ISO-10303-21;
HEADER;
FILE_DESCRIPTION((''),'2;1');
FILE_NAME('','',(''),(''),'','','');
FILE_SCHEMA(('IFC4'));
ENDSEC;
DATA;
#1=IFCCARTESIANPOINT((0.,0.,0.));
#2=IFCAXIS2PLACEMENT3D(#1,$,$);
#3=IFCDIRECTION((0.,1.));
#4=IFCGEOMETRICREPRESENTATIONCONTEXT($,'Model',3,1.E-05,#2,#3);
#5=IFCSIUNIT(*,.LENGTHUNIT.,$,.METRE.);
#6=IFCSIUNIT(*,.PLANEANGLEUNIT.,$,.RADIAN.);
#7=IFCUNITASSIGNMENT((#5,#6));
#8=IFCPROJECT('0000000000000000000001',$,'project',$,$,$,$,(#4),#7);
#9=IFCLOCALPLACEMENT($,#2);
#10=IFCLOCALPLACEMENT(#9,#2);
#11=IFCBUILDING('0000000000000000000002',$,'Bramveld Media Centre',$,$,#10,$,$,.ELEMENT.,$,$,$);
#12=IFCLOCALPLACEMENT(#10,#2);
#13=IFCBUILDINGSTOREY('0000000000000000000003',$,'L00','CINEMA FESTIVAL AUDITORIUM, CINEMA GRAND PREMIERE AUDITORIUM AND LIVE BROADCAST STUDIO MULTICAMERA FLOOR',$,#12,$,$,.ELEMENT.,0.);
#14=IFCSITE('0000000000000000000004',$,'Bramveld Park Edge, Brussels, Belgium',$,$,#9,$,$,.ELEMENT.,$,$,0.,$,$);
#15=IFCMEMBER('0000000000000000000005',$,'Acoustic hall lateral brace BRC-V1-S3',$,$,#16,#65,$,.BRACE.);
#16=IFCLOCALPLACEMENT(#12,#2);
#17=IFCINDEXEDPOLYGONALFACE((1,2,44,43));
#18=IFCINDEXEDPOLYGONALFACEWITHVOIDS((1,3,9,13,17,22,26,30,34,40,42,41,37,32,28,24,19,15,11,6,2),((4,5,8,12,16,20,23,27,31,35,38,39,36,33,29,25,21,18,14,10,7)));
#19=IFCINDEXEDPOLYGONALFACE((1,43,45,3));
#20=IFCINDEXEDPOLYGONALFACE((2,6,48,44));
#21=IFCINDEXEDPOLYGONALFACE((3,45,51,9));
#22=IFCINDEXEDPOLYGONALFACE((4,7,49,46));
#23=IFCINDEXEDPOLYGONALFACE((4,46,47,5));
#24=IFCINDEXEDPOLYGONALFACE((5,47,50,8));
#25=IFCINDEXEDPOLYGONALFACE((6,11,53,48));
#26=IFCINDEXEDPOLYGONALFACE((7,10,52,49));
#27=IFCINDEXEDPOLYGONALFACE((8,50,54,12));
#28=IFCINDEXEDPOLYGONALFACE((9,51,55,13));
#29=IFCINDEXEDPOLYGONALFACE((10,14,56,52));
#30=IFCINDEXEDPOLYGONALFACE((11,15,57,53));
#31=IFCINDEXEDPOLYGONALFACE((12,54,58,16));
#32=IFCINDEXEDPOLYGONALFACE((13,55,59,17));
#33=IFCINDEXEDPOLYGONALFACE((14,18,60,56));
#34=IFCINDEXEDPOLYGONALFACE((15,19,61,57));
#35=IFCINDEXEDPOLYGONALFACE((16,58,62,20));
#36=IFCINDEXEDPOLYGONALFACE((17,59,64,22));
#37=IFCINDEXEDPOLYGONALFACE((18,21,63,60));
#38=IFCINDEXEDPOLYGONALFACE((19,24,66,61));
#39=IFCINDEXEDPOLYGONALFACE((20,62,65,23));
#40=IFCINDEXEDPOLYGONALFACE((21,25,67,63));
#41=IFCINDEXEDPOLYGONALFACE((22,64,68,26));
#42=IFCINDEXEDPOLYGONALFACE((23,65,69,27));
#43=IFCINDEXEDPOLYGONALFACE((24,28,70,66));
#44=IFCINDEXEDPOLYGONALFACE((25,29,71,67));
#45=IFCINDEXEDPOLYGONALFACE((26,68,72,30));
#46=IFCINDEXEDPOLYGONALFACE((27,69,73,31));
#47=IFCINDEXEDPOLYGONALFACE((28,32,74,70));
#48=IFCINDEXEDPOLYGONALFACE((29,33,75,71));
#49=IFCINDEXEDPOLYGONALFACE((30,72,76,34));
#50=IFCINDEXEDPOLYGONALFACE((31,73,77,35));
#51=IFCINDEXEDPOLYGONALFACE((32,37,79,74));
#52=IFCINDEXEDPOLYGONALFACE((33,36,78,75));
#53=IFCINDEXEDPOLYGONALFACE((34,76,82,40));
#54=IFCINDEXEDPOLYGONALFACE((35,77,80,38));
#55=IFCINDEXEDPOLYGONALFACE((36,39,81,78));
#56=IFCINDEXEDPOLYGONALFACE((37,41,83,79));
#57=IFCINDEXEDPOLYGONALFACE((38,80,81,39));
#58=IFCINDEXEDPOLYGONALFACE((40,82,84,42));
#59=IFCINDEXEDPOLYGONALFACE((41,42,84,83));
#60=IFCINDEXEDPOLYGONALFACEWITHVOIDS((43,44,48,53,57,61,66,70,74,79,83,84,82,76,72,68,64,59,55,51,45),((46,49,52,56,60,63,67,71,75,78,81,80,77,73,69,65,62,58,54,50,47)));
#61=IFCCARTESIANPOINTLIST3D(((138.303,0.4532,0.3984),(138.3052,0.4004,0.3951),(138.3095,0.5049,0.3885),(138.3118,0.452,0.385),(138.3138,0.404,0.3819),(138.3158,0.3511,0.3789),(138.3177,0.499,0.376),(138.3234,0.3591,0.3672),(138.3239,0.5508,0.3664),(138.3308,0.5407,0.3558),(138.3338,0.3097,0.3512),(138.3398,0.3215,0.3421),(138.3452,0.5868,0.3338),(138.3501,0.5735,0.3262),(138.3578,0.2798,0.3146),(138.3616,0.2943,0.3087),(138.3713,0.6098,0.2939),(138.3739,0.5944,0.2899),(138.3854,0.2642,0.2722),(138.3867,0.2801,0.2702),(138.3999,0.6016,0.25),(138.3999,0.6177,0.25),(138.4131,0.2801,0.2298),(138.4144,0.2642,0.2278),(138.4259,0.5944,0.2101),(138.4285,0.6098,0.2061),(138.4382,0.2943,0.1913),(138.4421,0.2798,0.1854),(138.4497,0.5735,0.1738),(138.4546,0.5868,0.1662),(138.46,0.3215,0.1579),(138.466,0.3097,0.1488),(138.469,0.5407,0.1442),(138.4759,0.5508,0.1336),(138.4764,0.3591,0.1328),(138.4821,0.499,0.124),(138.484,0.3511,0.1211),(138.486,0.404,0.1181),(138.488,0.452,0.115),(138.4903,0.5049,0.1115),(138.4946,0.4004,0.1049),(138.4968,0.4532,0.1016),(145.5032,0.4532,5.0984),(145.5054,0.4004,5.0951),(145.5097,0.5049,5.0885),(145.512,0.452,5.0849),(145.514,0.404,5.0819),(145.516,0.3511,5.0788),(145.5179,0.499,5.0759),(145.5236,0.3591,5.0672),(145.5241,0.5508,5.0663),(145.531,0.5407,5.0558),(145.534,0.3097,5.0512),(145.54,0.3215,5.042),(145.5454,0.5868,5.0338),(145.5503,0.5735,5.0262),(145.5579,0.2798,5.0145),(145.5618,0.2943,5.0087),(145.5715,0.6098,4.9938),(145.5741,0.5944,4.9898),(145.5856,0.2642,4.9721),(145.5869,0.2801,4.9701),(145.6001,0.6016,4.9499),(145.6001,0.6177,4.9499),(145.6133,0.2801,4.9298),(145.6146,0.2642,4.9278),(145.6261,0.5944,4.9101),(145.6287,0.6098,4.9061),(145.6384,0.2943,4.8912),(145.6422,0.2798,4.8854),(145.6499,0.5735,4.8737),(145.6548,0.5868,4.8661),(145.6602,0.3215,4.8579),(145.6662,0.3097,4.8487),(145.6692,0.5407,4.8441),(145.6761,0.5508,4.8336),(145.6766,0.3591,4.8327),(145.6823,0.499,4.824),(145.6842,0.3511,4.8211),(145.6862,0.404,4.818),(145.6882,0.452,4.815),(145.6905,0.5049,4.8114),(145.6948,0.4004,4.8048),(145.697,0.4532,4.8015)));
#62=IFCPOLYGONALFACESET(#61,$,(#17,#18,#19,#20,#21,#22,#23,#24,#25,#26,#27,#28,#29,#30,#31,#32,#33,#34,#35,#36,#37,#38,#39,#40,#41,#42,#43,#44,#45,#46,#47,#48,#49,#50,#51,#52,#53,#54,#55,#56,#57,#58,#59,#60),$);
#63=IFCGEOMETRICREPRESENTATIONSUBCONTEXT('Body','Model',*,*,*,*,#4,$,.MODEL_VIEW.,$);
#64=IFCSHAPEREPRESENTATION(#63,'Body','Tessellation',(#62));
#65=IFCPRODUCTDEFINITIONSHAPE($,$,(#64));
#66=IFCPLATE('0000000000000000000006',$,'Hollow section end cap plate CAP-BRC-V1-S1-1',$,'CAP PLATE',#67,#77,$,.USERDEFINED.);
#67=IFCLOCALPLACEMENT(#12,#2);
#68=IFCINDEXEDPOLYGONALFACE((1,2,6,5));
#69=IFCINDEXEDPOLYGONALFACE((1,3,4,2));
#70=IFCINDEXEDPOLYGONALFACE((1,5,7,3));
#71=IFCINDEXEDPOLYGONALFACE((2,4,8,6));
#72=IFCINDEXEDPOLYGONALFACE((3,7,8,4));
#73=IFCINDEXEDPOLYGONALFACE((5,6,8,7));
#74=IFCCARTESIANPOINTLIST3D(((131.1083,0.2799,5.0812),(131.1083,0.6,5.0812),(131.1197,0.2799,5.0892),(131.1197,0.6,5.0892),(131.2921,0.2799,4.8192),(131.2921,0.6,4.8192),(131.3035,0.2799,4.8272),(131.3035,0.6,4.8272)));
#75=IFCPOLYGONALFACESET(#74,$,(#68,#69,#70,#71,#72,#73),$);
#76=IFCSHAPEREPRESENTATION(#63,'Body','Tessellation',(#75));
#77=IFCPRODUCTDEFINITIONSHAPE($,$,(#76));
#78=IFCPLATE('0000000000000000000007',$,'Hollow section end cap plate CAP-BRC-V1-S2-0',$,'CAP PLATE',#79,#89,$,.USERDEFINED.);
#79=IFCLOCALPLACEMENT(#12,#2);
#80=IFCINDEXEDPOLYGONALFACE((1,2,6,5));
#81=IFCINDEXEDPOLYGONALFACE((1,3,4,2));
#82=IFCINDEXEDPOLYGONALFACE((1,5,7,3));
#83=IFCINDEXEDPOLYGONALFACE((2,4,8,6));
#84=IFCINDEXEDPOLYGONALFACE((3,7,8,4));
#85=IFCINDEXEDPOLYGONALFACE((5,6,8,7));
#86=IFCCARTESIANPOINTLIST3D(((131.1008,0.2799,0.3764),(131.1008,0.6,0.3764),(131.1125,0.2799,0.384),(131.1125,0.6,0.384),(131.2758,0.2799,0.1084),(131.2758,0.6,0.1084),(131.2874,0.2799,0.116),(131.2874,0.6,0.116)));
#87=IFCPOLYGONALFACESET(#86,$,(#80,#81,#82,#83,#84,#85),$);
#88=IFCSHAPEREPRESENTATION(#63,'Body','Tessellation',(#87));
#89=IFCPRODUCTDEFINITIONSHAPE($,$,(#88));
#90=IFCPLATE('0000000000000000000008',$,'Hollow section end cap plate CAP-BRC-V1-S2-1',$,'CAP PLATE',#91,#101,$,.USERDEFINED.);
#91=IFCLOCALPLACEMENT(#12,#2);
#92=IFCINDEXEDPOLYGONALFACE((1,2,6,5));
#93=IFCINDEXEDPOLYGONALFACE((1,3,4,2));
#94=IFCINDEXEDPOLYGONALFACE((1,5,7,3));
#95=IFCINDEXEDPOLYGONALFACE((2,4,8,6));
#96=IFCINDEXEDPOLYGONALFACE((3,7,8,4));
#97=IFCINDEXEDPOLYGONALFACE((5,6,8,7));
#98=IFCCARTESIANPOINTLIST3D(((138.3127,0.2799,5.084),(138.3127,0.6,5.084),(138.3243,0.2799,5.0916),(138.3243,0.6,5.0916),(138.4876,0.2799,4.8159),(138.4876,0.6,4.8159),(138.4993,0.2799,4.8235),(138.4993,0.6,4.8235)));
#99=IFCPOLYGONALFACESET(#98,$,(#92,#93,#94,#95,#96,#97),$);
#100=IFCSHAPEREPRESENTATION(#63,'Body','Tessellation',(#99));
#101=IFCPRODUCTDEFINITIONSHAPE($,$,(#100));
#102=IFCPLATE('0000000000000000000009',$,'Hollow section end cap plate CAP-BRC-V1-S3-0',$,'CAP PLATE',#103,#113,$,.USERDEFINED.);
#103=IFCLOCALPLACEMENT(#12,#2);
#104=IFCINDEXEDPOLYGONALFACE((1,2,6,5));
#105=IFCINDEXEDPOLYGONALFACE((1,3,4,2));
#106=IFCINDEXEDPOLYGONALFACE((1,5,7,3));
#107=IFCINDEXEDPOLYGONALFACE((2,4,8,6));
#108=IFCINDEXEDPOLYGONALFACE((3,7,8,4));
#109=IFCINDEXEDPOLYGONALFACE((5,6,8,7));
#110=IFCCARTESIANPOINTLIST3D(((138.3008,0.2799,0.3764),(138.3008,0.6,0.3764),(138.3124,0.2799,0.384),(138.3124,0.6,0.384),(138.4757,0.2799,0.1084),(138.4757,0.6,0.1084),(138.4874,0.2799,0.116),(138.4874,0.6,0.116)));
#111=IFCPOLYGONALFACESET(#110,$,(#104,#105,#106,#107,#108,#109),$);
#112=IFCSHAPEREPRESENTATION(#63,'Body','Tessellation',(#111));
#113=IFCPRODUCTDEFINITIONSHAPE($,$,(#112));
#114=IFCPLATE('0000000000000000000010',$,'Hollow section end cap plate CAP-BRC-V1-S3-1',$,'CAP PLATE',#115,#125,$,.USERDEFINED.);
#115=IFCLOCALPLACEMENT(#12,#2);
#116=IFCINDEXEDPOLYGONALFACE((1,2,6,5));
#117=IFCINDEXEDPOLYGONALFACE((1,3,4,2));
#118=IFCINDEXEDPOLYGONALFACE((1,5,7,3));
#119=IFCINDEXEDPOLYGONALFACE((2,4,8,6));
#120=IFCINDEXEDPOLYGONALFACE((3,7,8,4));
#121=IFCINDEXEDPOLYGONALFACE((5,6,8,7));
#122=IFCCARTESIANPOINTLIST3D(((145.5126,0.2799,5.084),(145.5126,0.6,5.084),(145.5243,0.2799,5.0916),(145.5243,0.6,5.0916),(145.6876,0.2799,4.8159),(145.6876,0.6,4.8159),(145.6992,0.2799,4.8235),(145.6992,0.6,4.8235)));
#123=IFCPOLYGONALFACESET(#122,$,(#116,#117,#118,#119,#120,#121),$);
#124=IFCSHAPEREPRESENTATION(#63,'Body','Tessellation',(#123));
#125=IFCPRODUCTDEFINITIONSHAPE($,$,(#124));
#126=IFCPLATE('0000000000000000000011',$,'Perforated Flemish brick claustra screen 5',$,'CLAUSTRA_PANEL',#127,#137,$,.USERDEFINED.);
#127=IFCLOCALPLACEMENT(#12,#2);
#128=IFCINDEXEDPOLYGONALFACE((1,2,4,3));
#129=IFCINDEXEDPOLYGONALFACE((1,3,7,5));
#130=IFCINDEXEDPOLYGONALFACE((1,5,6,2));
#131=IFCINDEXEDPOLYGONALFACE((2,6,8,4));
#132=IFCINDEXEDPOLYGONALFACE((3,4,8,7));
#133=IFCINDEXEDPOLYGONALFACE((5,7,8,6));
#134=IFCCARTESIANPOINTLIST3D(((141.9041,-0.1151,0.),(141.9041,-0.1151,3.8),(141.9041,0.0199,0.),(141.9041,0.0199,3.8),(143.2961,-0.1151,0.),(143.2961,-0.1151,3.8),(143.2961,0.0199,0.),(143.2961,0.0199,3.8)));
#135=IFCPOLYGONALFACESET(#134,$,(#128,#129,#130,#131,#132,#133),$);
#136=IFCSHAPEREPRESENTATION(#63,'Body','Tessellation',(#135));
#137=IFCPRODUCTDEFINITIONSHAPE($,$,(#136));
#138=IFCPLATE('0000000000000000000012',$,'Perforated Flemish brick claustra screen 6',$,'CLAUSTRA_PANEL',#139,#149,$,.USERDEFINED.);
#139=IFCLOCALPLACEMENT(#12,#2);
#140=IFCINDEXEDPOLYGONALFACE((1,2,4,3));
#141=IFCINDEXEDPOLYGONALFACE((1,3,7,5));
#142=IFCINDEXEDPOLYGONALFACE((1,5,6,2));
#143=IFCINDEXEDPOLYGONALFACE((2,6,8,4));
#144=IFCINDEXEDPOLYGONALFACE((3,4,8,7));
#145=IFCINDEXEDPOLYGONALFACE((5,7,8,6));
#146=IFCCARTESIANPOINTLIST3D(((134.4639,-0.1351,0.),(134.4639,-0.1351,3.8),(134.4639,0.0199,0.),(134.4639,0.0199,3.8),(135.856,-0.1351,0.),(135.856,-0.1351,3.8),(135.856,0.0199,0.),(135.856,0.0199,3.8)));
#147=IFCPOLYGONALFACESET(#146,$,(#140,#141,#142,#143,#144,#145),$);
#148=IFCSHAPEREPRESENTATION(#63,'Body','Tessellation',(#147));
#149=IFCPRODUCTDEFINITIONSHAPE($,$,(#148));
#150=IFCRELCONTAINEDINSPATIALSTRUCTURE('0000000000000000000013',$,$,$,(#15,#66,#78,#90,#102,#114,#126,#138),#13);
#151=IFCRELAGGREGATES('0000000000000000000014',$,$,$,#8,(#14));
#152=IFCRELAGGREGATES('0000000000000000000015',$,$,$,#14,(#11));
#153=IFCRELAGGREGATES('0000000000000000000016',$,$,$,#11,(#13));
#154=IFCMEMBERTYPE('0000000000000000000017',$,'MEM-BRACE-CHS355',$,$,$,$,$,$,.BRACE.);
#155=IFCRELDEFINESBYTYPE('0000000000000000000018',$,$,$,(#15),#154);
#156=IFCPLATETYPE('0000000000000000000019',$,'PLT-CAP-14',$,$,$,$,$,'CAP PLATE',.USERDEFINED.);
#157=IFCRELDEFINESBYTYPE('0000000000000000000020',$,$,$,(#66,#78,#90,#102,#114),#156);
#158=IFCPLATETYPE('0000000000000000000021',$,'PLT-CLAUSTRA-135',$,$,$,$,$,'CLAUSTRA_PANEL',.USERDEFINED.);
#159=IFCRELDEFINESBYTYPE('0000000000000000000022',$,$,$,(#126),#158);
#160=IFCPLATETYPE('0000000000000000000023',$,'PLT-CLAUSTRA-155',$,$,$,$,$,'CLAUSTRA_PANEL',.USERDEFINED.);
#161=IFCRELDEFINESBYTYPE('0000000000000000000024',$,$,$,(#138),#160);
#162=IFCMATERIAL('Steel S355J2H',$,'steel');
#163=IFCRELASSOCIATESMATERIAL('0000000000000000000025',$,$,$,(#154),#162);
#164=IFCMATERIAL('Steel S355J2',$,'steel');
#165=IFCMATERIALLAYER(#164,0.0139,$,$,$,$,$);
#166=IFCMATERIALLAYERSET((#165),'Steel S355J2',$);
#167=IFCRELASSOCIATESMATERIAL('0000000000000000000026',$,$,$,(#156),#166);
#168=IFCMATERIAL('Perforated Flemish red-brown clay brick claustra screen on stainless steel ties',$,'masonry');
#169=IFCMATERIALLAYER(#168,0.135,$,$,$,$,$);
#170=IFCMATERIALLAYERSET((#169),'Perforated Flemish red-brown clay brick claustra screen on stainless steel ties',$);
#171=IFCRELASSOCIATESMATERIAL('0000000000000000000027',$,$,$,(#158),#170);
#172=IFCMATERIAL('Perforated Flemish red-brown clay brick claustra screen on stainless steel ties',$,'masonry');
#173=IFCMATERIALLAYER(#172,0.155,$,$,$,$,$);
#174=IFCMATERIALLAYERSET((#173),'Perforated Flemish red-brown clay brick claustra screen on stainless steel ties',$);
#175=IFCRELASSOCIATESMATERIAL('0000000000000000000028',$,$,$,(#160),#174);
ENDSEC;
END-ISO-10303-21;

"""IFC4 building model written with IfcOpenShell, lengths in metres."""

from ifc_helpers import new_model, si_unit, direction, frame, origin, origin_2d, place, context, subcontext, project, spatial, rectangle, hollow_circle, extrude, material, layer, layer_set, material_profile, profile_set, type_object, element, save


model = new_model("IFC4")

# Units and contexts
model_context = context("Model", 3, precision=1e-05, world=origin(), true_north=direction((0.0, 1.0)))
body_context = subcontext(model_context, "Body", "Model", "MODEL_VIEW")
ifc_project = project(units=[si_unit("LENGTHUNIT", "METRE"), si_unit("PLANEANGLEUNIT", "RADIAN")], contexts=[model_context])

# Site, building, storey
site_placement = place(None, origin())
site = spatial("IfcSite", under=ifc_project, at=site_placement, Name="Bramveld Park Edge, Brussels, Belgium", CompositionType="ELEMENT", RefElevation=0.0)
building_placement = place(site_placement, origin())
building = spatial("IfcBuilding", under=site, at=building_placement, Name="Bramveld Media Centre", CompositionType="ELEMENT")
storey_placement = place(building_placement, origin())
storey = spatial("IfcBuildingStorey", under=building, at=storey_placement, Name="L00", Description="CINEMA FESTIVAL AUDITORIUM, CINEMA GRAND PREMIERE AUDITORIUM AND LIVE BROADCAST STUDIO MULTICAMERA FLOOR", CompositionType="ELEMENT", Elevation=0.0)

# Member
ifc_material_1 = material(Name="Steel S355J2H", Category="steel")
ifc_material_profile_1 = material_profile(ifc_material_1, hollow_circle(Radius=0.1777, WallThickness=0.0161, at=origin_2d()), Name="CHS 355.6x16")
ifc_profile_set_1 = profile_set([ifc_material_profile_1], Name="Steel S355J2H")
member_type_1 = type_object("IfcMemberType", Name="MEM-BRACE-CHS355", PredefinedType="BRACE", material=ifc_profile_set_1)
member_1_placement = place(storey_placement, frame((138.3999, 0.4399, 0.25), z_axis=(0.837389, 0.0, 0.546608), x_axis=(0.0, 1.0, 0.0)))
element("IfcMember", 1, at=member_1_placement, inside=storey, type_object=member_type_1, Name="Acoustic hall lateral brace BRC-V1-S3", PredefinedType="BRACE", context=body_context, shape_type="SweptSolid", body=[
    extrude(hollow_circle(Radius=0.1777, WallThickness=0.0161, at=origin_2d()), origin(), (0.0, 0.0, 1.0), 8.5984),
])

# Plates
ifc_material_2 = material(Name="Steel S355J2", Category="steel")
ifc_layer_1 = layer(ifc_material_2, 0.0139)
ifc_layer_set_1 = layer_set([ifc_layer_1], Name="Steel S355J2")
plate_type_1 = type_object("IfcPlateType", Name="PLT-CAP-14", ElementType="CAP PLATE", PredefinedType="USERDEFINED", material=ifc_layer_set_1)
for number, where, z_axis, x_axis, name in (
    (2, (131.2002, 0.4399, 4.9502), (0.818657, 0.0, 0.574282), (0.0, 1.0, 0.0), "Hollow section end cap plate CAP-BRC-V1-S1-1"),
    (3, (131.2, 0.4399, 0.25), (-0.837379, 0.0, -0.546623), (0.0, -1.0, 0.0), "Hollow section end cap plate CAP-BRC-V1-S2-0"),
    (4, (138.4001, 0.4399, 4.95), (0.837379, 0.0, 0.546623), (0.0, 1.0, 0.0), "Hollow section end cap plate CAP-BRC-V1-S2-1"),
    (5, (138.3999, 0.4399, 0.25), (-0.837379, 0.0, -0.546623), (0.0, -1.0, 0.0), "Hollow section end cap plate CAP-BRC-V1-S3-0"),
    (6, (145.6001, 0.4399, 4.95), (0.837379, 0.0, 0.546623), (0.0, 1.0, 0.0), "Hollow section end cap plate CAP-BRC-V1-S3-1"),
):
    element("IfcPlate", number, at=place(storey_placement, frame(where, z_axis=z_axis, x_axis=x_axis)), inside=storey, type_object=plate_type_1, Name=name, ObjectType="CAP PLATE", PredefinedType="USERDEFINED", context=body_context, shape_type="SweptSolid", body=[
        extrude(rectangle(XDim=0.3201, YDim=0.3201, at=origin_2d()), origin(), (0.0, 0.0, 1.0), 0.0139),
    ])
ifc_material_3 = material(Name="Perforated Flemish red-brown clay brick claustra screen on stainless steel ties", Category="masonry")
ifc_layer_2 = layer(ifc_material_3, 0.135)
ifc_layer_set_2 = layer_set([ifc_layer_2], Name="Perforated Flemish red-brown clay brick claustra screen on stainless steel ties")
plate_type_2 = type_object("IfcPlateType", Name="PLT-CLAUSTRA-135", ElementType="CLAUSTRA_PANEL", PredefinedType="USERDEFINED", material=ifc_layer_set_2)
plate_1_placement = place(storey_placement, frame((142.6001, -0.0476, 0.0), z_axis=(0.0, 0.0, 1.0), x_axis=(1.0, 0.0, 0.0)))
element("IfcPlate", 7, at=plate_1_placement, inside=storey, type_object=plate_type_2, Name="Perforated Flemish brick claustra screen 5", ObjectType="CLAUSTRA_PANEL", PredefinedType="USERDEFINED", context=body_context, shape_type="SweptSolid", body=[
    extrude(rectangle(XDim=1.3921, YDim=0.135, at=origin_2d()), origin(), (0.0, 0.0, 1.0), 3.8),
])
ifc_material_4 = material(Name="Perforated Flemish red-brown clay brick claustra screen on stainless steel ties", Category="masonry")
ifc_layer_3 = layer(ifc_material_4, 0.155)
ifc_layer_set_3 = layer_set([ifc_layer_3], Name="Perforated Flemish red-brown clay brick claustra screen on stainless steel ties")
plate_type_3 = type_object("IfcPlateType", Name="PLT-CLAUSTRA-155", ElementType="CLAUSTRA_PANEL", PredefinedType="USERDEFINED", material=ifc_layer_set_3)
plate_2_placement = place(storey_placement, frame((135.1599, -0.0576, 0.0), z_axis=(0.0, 0.0, 1.0), x_axis=(1.0, 0.0, 0.0)))
element("IfcPlate", 8, at=plate_2_placement, inside=storey, type_object=plate_type_3, Name="Perforated Flemish brick claustra screen 6", ObjectType="CLAUSTRA_PANEL", PredefinedType="USERDEFINED", context=body_context, shape_type="SweptSolid", body=[
    extrude(rectangle(XDim=1.3921, YDim=0.155, at=origin_2d()), origin(), (0.0, 0.0, 1.0), 3.8),
])

save(model, "model.ifc")
